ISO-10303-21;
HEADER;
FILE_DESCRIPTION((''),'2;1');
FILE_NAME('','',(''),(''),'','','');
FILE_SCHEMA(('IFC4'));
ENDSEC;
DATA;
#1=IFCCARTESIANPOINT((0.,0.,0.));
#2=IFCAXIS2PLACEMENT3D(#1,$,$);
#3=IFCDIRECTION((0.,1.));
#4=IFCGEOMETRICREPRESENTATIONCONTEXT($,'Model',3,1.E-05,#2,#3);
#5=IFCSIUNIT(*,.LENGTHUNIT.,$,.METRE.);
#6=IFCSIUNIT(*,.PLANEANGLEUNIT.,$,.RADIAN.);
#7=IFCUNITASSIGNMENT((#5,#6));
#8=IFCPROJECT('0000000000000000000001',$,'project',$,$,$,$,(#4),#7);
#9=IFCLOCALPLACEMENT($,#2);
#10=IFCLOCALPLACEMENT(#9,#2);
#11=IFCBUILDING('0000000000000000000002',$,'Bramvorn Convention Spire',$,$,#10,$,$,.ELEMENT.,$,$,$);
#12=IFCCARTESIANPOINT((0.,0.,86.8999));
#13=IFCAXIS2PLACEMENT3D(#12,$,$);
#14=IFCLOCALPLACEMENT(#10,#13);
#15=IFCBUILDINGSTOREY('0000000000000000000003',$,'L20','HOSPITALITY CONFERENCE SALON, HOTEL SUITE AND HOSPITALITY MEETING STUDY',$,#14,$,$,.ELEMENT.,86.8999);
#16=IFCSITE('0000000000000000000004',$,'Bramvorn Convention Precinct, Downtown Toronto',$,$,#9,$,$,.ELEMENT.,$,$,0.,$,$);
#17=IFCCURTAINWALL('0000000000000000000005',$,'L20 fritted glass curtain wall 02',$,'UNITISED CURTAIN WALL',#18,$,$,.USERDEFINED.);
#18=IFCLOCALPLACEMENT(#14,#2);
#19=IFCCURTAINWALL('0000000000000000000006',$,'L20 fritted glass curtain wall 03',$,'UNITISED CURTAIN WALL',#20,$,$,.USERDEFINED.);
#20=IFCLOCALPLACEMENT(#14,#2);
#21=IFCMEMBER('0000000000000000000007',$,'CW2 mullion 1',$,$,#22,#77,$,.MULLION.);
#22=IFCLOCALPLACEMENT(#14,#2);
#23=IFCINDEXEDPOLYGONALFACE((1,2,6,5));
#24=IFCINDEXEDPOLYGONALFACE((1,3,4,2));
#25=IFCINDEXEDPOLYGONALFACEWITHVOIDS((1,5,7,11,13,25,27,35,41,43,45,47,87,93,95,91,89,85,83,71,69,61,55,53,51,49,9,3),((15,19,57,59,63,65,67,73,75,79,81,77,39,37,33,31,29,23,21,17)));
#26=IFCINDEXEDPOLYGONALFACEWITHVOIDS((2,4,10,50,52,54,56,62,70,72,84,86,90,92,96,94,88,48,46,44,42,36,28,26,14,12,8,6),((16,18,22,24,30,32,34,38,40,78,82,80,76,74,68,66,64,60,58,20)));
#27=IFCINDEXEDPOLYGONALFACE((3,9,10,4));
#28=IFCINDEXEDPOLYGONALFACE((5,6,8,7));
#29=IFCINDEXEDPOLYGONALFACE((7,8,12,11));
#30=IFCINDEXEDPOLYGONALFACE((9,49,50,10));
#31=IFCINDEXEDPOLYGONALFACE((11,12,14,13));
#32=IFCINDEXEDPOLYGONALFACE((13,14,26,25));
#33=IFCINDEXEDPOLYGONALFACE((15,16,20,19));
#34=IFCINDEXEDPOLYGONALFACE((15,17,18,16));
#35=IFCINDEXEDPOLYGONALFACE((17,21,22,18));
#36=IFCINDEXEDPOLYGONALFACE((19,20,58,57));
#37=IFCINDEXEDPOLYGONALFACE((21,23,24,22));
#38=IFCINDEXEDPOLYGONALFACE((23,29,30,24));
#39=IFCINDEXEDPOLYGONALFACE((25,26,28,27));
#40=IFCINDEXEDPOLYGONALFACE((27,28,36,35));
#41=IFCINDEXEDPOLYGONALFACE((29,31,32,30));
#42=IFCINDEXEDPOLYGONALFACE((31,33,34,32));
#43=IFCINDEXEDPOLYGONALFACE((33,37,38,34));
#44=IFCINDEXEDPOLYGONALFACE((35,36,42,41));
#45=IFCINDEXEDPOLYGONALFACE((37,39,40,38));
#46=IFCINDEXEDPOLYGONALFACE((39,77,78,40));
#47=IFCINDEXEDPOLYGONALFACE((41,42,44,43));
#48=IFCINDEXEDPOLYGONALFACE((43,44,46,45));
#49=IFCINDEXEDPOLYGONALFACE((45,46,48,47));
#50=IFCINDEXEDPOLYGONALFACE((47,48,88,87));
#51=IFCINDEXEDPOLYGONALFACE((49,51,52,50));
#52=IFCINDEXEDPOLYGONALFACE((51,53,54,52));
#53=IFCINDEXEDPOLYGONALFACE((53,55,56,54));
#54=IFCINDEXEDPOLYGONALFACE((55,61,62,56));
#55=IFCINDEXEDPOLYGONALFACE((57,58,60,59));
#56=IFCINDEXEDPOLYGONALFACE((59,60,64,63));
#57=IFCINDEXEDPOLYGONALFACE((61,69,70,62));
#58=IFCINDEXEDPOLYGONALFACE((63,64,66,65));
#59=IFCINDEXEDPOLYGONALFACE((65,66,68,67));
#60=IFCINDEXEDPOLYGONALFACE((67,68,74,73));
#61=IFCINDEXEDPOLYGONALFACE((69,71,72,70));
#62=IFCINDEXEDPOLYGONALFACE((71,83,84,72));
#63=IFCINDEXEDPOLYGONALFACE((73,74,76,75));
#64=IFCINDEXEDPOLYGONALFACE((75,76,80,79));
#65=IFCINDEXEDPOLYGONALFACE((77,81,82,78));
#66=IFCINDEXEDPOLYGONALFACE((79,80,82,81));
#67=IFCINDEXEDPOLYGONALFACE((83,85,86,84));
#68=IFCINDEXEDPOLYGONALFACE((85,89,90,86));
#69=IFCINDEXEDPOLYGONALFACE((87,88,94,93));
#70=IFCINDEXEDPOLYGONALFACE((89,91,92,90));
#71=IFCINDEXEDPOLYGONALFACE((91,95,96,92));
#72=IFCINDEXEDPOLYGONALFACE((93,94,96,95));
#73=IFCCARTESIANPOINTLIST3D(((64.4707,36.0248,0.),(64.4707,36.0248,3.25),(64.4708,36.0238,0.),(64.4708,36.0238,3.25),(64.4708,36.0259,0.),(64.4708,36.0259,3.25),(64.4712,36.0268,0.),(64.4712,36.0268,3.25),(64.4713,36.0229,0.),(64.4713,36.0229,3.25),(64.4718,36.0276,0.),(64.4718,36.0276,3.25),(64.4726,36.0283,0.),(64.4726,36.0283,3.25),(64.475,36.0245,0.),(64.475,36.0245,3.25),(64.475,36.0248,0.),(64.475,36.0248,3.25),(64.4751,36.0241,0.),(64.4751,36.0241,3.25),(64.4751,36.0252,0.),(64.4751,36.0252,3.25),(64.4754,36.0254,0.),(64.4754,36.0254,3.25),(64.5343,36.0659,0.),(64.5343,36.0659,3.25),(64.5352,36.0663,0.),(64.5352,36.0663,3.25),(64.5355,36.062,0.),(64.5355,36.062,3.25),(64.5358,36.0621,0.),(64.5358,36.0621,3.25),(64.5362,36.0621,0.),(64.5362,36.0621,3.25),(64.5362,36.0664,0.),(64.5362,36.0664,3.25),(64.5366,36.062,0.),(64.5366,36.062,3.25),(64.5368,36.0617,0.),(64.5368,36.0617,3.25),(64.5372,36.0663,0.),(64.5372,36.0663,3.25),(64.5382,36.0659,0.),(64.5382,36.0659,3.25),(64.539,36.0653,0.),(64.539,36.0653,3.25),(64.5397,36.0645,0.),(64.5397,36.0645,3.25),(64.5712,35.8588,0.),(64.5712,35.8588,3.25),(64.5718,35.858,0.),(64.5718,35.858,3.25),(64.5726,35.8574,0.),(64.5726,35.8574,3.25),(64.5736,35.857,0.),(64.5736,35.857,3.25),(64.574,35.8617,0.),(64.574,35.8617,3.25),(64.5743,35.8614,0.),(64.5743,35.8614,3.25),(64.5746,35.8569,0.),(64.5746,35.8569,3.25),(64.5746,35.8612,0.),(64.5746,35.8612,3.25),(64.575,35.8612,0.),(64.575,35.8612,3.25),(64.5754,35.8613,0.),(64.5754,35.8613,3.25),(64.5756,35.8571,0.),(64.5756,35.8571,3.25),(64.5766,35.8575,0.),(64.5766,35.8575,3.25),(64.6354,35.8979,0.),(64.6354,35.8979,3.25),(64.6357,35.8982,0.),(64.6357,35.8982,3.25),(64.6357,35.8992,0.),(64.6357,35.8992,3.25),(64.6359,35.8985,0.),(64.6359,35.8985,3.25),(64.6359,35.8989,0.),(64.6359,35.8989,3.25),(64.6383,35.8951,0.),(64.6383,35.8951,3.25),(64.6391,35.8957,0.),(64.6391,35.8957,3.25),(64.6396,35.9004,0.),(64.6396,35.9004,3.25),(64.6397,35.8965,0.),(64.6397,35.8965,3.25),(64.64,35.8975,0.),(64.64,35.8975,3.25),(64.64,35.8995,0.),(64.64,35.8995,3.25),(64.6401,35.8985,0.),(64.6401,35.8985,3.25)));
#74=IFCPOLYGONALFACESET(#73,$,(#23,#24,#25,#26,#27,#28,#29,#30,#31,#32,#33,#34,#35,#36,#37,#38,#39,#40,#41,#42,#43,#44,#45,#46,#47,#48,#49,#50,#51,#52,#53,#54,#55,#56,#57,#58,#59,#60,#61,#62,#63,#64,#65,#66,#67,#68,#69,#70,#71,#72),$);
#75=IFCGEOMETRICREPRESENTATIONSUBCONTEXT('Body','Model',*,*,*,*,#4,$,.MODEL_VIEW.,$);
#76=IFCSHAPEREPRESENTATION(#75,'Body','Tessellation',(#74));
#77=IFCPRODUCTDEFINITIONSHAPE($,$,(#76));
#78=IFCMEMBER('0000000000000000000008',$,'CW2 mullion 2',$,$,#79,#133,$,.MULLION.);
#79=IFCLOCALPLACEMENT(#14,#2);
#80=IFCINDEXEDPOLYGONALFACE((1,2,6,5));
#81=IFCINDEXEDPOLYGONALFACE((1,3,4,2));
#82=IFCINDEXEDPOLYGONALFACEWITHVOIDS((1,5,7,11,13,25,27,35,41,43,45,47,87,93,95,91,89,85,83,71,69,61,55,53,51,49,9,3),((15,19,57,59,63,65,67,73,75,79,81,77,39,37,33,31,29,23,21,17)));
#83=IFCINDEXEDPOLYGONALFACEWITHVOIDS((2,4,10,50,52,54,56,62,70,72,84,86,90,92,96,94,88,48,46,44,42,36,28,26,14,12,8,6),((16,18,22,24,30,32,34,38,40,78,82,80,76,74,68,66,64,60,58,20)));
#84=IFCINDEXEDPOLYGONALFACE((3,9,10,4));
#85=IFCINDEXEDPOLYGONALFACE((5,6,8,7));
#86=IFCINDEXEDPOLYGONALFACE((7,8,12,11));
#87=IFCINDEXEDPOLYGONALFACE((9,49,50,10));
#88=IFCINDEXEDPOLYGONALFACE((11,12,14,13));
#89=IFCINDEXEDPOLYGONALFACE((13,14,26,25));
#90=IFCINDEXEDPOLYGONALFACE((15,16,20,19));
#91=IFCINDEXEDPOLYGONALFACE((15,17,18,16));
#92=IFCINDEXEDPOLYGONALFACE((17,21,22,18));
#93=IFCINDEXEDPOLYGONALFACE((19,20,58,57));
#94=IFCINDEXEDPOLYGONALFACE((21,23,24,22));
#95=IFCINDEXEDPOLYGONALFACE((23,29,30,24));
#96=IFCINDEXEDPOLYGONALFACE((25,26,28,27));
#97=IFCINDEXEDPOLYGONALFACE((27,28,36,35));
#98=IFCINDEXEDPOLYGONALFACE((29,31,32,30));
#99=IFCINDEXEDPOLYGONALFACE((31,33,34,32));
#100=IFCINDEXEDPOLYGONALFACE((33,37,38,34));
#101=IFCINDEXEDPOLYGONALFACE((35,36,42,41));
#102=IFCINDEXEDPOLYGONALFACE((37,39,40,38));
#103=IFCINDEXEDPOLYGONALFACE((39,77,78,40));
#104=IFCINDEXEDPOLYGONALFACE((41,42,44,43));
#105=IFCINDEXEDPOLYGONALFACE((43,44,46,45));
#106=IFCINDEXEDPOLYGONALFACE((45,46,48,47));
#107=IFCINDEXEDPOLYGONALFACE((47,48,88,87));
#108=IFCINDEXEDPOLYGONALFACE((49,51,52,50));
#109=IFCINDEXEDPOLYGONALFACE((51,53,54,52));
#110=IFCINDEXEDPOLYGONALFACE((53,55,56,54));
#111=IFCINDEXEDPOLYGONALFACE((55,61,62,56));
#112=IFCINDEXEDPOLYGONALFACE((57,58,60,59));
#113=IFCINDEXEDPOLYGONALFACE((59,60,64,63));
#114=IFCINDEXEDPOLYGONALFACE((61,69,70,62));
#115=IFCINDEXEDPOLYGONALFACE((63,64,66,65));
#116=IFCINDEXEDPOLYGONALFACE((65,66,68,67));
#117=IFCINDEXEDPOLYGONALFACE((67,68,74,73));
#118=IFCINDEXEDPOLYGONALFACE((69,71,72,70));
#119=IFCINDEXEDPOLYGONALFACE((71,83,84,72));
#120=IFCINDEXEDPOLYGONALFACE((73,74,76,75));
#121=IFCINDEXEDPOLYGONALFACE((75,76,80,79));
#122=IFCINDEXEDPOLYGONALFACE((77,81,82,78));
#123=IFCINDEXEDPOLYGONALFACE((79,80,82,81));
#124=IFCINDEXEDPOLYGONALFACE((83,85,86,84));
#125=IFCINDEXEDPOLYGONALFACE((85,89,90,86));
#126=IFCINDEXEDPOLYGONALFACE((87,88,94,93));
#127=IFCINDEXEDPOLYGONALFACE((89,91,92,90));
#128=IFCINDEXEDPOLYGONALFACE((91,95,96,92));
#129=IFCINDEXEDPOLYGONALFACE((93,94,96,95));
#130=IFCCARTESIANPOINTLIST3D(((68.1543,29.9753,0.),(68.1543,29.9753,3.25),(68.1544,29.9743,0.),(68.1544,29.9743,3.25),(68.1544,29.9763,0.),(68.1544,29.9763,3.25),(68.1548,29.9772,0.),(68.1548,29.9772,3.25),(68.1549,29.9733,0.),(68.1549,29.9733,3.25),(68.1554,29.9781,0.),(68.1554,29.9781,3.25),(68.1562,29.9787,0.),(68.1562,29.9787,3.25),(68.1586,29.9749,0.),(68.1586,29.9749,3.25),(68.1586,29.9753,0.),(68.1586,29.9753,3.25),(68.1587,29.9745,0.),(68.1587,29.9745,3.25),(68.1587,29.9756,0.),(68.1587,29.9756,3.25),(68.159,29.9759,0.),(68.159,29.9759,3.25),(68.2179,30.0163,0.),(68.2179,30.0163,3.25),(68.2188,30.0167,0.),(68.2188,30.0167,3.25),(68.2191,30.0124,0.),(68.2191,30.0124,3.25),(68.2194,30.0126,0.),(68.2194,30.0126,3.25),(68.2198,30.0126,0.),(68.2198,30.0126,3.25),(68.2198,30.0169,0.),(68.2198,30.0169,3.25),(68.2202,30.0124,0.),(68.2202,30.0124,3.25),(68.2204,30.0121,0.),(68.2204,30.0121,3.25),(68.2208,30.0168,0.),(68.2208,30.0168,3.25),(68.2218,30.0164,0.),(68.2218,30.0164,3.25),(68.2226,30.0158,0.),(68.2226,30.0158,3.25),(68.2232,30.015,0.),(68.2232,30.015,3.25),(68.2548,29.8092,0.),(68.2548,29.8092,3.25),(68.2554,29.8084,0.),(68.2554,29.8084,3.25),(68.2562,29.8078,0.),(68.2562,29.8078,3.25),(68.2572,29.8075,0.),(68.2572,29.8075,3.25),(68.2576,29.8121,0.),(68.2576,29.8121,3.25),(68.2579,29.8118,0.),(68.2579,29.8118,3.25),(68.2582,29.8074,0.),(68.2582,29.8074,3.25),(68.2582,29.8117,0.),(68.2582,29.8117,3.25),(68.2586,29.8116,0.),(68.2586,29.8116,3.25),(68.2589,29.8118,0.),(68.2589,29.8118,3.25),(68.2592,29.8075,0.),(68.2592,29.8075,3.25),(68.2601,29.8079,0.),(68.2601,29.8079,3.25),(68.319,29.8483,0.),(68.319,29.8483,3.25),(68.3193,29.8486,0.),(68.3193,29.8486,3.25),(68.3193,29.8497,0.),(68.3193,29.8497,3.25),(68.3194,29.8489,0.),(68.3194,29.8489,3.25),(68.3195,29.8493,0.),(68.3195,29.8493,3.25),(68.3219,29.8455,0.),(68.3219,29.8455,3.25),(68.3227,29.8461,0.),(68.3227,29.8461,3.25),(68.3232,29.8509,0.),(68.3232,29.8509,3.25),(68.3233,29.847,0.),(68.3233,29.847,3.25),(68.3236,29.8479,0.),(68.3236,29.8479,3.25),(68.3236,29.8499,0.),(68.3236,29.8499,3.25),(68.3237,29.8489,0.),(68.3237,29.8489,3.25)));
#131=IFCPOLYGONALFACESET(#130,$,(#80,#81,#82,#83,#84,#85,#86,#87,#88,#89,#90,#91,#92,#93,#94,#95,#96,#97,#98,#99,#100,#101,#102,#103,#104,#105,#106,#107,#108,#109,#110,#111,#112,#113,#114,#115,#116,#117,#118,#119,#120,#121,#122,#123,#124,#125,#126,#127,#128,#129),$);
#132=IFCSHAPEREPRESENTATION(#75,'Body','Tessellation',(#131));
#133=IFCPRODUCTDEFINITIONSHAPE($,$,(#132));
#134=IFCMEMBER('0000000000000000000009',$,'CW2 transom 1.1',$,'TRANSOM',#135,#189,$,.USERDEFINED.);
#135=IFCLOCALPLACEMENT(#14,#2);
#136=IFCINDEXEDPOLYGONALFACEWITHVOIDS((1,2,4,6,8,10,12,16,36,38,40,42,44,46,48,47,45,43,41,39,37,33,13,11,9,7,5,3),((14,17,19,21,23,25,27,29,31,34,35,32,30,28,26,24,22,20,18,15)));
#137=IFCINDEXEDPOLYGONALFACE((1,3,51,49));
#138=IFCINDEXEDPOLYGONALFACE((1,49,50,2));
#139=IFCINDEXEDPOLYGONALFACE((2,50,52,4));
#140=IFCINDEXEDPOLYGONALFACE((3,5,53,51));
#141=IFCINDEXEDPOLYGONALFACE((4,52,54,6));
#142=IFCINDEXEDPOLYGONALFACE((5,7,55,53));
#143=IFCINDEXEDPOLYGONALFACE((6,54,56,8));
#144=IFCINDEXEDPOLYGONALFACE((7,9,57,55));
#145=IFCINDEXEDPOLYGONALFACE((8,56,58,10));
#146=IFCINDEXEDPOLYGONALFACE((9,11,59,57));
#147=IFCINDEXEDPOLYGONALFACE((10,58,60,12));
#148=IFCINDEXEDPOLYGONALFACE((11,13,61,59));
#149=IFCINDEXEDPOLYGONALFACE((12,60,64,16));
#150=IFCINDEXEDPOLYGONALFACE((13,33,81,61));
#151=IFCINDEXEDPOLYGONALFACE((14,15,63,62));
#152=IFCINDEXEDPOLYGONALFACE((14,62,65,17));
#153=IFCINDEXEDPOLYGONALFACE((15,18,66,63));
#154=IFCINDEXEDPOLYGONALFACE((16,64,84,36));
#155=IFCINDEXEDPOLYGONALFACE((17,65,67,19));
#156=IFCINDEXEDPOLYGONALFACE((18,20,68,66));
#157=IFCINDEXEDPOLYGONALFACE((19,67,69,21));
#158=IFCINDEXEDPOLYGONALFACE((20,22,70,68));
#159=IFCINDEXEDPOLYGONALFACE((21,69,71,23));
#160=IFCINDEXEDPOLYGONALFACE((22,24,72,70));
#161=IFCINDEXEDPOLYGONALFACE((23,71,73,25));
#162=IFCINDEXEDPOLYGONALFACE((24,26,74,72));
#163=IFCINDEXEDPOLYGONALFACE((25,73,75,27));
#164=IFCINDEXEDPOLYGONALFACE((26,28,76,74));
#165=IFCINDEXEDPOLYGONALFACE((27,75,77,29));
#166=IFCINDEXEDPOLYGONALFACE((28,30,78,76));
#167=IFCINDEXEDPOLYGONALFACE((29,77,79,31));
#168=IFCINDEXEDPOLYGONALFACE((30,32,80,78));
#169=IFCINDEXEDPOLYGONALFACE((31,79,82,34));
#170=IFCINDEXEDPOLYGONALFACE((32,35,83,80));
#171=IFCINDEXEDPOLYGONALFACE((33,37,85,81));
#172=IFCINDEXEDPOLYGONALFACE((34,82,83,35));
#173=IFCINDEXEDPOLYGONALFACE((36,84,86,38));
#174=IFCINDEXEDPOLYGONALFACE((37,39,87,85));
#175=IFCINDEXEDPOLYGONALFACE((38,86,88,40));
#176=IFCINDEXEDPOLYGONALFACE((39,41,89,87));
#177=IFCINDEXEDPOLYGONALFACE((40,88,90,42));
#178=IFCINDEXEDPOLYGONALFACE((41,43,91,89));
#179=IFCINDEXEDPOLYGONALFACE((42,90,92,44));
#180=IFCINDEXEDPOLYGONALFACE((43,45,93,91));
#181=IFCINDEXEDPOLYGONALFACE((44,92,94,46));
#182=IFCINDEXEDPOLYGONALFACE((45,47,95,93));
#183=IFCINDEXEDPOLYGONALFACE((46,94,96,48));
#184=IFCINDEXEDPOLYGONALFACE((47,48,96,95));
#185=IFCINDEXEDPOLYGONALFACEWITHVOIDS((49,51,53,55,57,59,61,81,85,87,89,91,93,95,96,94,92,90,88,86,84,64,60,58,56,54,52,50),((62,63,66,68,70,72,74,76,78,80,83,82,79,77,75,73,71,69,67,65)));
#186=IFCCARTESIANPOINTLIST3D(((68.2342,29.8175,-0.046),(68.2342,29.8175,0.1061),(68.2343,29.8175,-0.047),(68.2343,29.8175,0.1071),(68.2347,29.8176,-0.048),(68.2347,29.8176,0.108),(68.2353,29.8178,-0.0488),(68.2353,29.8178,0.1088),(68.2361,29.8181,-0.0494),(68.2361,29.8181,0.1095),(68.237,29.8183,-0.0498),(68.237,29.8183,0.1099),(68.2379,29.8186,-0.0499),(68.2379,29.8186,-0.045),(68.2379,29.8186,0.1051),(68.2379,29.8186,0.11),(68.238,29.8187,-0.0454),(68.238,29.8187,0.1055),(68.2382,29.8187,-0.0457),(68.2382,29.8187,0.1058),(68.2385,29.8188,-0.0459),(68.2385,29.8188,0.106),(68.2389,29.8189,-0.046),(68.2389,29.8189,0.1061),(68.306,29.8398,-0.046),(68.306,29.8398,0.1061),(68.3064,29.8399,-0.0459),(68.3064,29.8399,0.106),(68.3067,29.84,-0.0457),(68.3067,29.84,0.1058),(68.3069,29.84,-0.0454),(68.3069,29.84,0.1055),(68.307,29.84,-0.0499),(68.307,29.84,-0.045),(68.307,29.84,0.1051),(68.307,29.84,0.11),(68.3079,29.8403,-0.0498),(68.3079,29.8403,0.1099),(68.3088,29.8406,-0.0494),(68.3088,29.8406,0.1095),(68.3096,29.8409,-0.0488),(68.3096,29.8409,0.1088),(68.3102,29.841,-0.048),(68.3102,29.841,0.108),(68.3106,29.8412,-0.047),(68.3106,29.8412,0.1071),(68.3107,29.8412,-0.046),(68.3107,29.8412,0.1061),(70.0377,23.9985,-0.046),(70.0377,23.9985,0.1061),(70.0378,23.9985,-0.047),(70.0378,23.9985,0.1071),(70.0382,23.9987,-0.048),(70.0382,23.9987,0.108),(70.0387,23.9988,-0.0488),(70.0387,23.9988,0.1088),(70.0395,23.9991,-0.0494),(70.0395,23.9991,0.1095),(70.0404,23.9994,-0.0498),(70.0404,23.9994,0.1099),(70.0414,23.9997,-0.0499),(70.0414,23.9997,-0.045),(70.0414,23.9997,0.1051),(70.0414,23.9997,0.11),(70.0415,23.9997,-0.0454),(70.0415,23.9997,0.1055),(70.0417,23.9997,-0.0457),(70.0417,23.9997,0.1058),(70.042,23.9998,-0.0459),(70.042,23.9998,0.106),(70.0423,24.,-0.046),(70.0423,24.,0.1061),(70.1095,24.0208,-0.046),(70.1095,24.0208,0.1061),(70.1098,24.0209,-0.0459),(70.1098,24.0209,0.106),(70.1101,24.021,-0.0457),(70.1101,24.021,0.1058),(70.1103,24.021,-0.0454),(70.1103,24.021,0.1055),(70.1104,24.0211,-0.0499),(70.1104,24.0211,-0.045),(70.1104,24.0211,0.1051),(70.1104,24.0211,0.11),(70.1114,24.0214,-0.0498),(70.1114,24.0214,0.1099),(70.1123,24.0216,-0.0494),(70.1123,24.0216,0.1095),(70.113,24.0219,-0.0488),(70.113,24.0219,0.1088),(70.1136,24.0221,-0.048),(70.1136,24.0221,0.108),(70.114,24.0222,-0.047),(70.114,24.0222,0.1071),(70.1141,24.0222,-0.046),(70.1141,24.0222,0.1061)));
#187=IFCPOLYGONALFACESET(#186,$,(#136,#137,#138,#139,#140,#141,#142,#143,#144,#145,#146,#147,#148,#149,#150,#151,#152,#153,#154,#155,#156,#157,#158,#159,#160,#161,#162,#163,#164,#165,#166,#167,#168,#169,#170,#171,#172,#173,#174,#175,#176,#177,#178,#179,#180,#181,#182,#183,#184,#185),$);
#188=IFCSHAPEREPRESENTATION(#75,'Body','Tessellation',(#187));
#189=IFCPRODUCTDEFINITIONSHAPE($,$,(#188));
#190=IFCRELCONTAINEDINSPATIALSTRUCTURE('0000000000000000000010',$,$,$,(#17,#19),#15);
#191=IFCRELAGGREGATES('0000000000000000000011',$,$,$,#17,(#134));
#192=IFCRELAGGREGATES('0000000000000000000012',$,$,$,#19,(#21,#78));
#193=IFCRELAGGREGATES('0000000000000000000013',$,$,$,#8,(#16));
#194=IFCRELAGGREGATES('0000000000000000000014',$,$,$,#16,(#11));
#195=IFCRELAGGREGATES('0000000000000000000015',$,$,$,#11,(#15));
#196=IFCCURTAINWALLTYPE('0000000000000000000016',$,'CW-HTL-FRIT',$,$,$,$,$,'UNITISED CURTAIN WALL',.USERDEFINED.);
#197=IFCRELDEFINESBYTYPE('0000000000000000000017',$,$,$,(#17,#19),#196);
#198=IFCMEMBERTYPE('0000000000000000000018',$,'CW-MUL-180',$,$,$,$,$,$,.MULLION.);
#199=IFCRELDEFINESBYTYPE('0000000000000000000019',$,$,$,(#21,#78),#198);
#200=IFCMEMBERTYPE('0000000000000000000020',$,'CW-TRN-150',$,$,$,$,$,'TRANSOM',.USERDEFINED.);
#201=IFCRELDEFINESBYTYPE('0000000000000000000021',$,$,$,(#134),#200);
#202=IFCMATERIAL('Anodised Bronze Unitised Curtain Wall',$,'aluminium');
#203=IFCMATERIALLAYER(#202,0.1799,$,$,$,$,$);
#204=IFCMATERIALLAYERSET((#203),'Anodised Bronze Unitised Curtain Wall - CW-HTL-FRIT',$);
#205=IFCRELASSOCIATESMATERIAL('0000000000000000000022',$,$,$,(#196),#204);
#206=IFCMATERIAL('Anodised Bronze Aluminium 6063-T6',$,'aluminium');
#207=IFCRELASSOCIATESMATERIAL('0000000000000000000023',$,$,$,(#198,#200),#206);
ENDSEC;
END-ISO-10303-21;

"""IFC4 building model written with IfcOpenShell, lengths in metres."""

from ifc_helpers import new_model, si_unit, direction, frame, origin, origin_2d, place, context, subcontext, project, spatial, hollow_rectangle, extrude, material, layer, layer_set, material_profile, profile_set, type_object, element, aggregate, save


model = new_model("IFC4")

# Units and contexts
model_context = context("Model", 3, precision=1e-05, world=origin(), true_north=direction((0.0, 1.0)))
body_context = subcontext(model_context, "Body", "Model", "MODEL_VIEW")
ifc_project = project(units=[si_unit("LENGTHUNIT", "METRE"), si_unit("PLANEANGLEUNIT", "RADIAN")], contexts=[model_context])

# Site, building, storey
site_placement = place(None, origin())
site = spatial("IfcSite", under=ifc_project, at=site_placement, Name="Bramvorn Convention Precinct, Downtown Toronto", CompositionType="ELEMENT", RefElevation=0.0)
building_placement = place(site_placement, origin())
building = spatial("IfcBuilding", under=site, at=building_placement, Name="Bramvorn Convention Spire", CompositionType="ELEMENT")
storey_placement = place(building_placement, frame((0.0, 0.0, 86.8999)))
storey = spatial("IfcBuildingStorey", under=building, at=storey_placement, Name="L20", Description="HOSPITALITY CONFERENCE SALON, HOTEL SUITE AND HOSPITALITY MEETING STUDY", CompositionType="ELEMENT", Elevation=86.8999)

# Curtain walls, members
ifc_material_1 = material(Name="Anodised Bronze Unitised Curtain Wall", Category="aluminium")
ifc_layer_1 = layer(ifc_material_1, 0.1799)
ifc_layer_set_1 = layer_set([ifc_layer_1], Name="Anodised Bronze Unitised Curtain Wall - CW-HTL-FRIT")
curtain_wall_type = type_object("IfcCurtainWallType", Name="CW-HTL-FRIT", ElementType="UNITISED CURTAIN WALL", PredefinedType="USERDEFINED", material=ifc_layer_set_1)
curtain_wall_1_placement = place(storey_placement, origin())
curtain_wall_1 = element("IfcCurtainWall", 1, at=curtain_wall_1_placement, inside=storey, type_object=curtain_wall_type, Name="L20 fritted glass curtain wall 02", ObjectType="UNITISED CURTAIN WALL", PredefinedType="USERDEFINED")
ifc_material_2 = material(Name="Anodised Bronze Aluminium 6063-T6", Category="aluminium")
ifc_material_profile_1 = material_profile(ifc_material_2, hollow_rectangle(XDim=0.0801, YDim=0.2, WallThickness=0.0039, InnerFilletRadius=0.001, OuterFilletRadius=0.0039, at=origin_2d()))
ifc_profile_set_1 = profile_set([ifc_material_profile_1], Name="Anodised Bronze Aluminium 6063-T6 - CWM80X200")
member_type_1 = type_object("IfcMemberType", Name="CW-MUL-180", PredefinedType="MULLION", material=ifc_profile_set_1)
curtain_wall_2_placement = place(storey_placement, origin())
curtain_wall_2 = element("IfcCurtainWall", 2, at=curtain_wall_2_placement, inside=storey, type_object=curtain_wall_type, Name="L20 fritted glass curtain wall 03", ObjectType="UNITISED CURTAIN WALL", PredefinedType="USERDEFINED")
member_1_placement = place(storey_placement, frame((64.5554, 35.9617, 0.0), z_axis=(0.0, 0.0, 1.0), x_axis=(0.854126, 0.520066, 0.0)))
member_1 = element("IfcMember", 3, at=member_1_placement, type_object=member_type_1, Name="CW2 mullion 1", PredefinedType="MULLION", context=body_context, shape_type="SweptSolid", body=[
    extrude(hollow_rectangle(XDim=0.0801, YDim=0.2, WallThickness=0.0039, InnerFilletRadius=0.001, OuterFilletRadius=0.0039, at=origin_2d()), origin(), (0.0, 0.0, 1.0), 3.25),
])
member_2_placement = place(storey_placement, frame((68.239, 29.9121, 0.0), z_axis=(0.0, 0.0, 1.0), x_axis=(0.854126, 0.520066, 0.0)))
member_2 = element("IfcMember", 4, at=member_2_placement, type_object=member_type_1, Name="CW2 mullion 2", PredefinedType="MULLION", context=body_context, shape_type="SweptSolid", body=[
    extrude(hollow_rectangle(XDim=0.0801, YDim=0.2, WallThickness=0.0039, InnerFilletRadius=0.001, OuterFilletRadius=0.0039, at=origin_2d()), origin(), (0.0, 0.0, 1.0), 3.25),
])

# Member
ifc_material_profile_2 = material_profile(ifc_material_2, hollow_rectangle(XDim=0.0801, YDim=0.1599, WallThickness=0.0039, InnerFilletRadius=0.001, OuterFilletRadius=0.0039, at=origin_2d()))
ifc_profile_set_2 = profile_set([ifc_material_profile_2], Name="Anodised Bronze Aluminium 6063-T6 - CWT80X160")
member_type_2 = type_object("IfcMemberType", Name="CW-TRN-150", ElementType="TRANSOM", PredefinedType="USERDEFINED", material=ifc_profile_set_2)
member_3_placement = place(storey_placement, frame((68.2725, 29.8293, 0.03), z_axis=(0.296031, -0.955178, 0.0), x_axis=(0.955178, 0.296031, 0.0)))
member_3 = element("IfcMember", 5, at=member_3_placement, type_object=member_type_2, Name="CW2 transom 1.1", ObjectType="TRANSOM", PredefinedType="USERDEFINED", context=body_context, shape_type="SweptSolid", body=[
    extrude(hollow_rectangle(XDim=0.0801, YDim=0.1599, WallThickness=0.0039, InnerFilletRadius=0.001, OuterFilletRadius=0.0039, at=origin_2d()), origin(), (0.0, 0.0, 1.0), 6.092),
])

aggregate(curtain_wall_1, [member_3])
aggregate(curtain_wall_2, [member_1, member_2])

save(model, "model.ifc")
